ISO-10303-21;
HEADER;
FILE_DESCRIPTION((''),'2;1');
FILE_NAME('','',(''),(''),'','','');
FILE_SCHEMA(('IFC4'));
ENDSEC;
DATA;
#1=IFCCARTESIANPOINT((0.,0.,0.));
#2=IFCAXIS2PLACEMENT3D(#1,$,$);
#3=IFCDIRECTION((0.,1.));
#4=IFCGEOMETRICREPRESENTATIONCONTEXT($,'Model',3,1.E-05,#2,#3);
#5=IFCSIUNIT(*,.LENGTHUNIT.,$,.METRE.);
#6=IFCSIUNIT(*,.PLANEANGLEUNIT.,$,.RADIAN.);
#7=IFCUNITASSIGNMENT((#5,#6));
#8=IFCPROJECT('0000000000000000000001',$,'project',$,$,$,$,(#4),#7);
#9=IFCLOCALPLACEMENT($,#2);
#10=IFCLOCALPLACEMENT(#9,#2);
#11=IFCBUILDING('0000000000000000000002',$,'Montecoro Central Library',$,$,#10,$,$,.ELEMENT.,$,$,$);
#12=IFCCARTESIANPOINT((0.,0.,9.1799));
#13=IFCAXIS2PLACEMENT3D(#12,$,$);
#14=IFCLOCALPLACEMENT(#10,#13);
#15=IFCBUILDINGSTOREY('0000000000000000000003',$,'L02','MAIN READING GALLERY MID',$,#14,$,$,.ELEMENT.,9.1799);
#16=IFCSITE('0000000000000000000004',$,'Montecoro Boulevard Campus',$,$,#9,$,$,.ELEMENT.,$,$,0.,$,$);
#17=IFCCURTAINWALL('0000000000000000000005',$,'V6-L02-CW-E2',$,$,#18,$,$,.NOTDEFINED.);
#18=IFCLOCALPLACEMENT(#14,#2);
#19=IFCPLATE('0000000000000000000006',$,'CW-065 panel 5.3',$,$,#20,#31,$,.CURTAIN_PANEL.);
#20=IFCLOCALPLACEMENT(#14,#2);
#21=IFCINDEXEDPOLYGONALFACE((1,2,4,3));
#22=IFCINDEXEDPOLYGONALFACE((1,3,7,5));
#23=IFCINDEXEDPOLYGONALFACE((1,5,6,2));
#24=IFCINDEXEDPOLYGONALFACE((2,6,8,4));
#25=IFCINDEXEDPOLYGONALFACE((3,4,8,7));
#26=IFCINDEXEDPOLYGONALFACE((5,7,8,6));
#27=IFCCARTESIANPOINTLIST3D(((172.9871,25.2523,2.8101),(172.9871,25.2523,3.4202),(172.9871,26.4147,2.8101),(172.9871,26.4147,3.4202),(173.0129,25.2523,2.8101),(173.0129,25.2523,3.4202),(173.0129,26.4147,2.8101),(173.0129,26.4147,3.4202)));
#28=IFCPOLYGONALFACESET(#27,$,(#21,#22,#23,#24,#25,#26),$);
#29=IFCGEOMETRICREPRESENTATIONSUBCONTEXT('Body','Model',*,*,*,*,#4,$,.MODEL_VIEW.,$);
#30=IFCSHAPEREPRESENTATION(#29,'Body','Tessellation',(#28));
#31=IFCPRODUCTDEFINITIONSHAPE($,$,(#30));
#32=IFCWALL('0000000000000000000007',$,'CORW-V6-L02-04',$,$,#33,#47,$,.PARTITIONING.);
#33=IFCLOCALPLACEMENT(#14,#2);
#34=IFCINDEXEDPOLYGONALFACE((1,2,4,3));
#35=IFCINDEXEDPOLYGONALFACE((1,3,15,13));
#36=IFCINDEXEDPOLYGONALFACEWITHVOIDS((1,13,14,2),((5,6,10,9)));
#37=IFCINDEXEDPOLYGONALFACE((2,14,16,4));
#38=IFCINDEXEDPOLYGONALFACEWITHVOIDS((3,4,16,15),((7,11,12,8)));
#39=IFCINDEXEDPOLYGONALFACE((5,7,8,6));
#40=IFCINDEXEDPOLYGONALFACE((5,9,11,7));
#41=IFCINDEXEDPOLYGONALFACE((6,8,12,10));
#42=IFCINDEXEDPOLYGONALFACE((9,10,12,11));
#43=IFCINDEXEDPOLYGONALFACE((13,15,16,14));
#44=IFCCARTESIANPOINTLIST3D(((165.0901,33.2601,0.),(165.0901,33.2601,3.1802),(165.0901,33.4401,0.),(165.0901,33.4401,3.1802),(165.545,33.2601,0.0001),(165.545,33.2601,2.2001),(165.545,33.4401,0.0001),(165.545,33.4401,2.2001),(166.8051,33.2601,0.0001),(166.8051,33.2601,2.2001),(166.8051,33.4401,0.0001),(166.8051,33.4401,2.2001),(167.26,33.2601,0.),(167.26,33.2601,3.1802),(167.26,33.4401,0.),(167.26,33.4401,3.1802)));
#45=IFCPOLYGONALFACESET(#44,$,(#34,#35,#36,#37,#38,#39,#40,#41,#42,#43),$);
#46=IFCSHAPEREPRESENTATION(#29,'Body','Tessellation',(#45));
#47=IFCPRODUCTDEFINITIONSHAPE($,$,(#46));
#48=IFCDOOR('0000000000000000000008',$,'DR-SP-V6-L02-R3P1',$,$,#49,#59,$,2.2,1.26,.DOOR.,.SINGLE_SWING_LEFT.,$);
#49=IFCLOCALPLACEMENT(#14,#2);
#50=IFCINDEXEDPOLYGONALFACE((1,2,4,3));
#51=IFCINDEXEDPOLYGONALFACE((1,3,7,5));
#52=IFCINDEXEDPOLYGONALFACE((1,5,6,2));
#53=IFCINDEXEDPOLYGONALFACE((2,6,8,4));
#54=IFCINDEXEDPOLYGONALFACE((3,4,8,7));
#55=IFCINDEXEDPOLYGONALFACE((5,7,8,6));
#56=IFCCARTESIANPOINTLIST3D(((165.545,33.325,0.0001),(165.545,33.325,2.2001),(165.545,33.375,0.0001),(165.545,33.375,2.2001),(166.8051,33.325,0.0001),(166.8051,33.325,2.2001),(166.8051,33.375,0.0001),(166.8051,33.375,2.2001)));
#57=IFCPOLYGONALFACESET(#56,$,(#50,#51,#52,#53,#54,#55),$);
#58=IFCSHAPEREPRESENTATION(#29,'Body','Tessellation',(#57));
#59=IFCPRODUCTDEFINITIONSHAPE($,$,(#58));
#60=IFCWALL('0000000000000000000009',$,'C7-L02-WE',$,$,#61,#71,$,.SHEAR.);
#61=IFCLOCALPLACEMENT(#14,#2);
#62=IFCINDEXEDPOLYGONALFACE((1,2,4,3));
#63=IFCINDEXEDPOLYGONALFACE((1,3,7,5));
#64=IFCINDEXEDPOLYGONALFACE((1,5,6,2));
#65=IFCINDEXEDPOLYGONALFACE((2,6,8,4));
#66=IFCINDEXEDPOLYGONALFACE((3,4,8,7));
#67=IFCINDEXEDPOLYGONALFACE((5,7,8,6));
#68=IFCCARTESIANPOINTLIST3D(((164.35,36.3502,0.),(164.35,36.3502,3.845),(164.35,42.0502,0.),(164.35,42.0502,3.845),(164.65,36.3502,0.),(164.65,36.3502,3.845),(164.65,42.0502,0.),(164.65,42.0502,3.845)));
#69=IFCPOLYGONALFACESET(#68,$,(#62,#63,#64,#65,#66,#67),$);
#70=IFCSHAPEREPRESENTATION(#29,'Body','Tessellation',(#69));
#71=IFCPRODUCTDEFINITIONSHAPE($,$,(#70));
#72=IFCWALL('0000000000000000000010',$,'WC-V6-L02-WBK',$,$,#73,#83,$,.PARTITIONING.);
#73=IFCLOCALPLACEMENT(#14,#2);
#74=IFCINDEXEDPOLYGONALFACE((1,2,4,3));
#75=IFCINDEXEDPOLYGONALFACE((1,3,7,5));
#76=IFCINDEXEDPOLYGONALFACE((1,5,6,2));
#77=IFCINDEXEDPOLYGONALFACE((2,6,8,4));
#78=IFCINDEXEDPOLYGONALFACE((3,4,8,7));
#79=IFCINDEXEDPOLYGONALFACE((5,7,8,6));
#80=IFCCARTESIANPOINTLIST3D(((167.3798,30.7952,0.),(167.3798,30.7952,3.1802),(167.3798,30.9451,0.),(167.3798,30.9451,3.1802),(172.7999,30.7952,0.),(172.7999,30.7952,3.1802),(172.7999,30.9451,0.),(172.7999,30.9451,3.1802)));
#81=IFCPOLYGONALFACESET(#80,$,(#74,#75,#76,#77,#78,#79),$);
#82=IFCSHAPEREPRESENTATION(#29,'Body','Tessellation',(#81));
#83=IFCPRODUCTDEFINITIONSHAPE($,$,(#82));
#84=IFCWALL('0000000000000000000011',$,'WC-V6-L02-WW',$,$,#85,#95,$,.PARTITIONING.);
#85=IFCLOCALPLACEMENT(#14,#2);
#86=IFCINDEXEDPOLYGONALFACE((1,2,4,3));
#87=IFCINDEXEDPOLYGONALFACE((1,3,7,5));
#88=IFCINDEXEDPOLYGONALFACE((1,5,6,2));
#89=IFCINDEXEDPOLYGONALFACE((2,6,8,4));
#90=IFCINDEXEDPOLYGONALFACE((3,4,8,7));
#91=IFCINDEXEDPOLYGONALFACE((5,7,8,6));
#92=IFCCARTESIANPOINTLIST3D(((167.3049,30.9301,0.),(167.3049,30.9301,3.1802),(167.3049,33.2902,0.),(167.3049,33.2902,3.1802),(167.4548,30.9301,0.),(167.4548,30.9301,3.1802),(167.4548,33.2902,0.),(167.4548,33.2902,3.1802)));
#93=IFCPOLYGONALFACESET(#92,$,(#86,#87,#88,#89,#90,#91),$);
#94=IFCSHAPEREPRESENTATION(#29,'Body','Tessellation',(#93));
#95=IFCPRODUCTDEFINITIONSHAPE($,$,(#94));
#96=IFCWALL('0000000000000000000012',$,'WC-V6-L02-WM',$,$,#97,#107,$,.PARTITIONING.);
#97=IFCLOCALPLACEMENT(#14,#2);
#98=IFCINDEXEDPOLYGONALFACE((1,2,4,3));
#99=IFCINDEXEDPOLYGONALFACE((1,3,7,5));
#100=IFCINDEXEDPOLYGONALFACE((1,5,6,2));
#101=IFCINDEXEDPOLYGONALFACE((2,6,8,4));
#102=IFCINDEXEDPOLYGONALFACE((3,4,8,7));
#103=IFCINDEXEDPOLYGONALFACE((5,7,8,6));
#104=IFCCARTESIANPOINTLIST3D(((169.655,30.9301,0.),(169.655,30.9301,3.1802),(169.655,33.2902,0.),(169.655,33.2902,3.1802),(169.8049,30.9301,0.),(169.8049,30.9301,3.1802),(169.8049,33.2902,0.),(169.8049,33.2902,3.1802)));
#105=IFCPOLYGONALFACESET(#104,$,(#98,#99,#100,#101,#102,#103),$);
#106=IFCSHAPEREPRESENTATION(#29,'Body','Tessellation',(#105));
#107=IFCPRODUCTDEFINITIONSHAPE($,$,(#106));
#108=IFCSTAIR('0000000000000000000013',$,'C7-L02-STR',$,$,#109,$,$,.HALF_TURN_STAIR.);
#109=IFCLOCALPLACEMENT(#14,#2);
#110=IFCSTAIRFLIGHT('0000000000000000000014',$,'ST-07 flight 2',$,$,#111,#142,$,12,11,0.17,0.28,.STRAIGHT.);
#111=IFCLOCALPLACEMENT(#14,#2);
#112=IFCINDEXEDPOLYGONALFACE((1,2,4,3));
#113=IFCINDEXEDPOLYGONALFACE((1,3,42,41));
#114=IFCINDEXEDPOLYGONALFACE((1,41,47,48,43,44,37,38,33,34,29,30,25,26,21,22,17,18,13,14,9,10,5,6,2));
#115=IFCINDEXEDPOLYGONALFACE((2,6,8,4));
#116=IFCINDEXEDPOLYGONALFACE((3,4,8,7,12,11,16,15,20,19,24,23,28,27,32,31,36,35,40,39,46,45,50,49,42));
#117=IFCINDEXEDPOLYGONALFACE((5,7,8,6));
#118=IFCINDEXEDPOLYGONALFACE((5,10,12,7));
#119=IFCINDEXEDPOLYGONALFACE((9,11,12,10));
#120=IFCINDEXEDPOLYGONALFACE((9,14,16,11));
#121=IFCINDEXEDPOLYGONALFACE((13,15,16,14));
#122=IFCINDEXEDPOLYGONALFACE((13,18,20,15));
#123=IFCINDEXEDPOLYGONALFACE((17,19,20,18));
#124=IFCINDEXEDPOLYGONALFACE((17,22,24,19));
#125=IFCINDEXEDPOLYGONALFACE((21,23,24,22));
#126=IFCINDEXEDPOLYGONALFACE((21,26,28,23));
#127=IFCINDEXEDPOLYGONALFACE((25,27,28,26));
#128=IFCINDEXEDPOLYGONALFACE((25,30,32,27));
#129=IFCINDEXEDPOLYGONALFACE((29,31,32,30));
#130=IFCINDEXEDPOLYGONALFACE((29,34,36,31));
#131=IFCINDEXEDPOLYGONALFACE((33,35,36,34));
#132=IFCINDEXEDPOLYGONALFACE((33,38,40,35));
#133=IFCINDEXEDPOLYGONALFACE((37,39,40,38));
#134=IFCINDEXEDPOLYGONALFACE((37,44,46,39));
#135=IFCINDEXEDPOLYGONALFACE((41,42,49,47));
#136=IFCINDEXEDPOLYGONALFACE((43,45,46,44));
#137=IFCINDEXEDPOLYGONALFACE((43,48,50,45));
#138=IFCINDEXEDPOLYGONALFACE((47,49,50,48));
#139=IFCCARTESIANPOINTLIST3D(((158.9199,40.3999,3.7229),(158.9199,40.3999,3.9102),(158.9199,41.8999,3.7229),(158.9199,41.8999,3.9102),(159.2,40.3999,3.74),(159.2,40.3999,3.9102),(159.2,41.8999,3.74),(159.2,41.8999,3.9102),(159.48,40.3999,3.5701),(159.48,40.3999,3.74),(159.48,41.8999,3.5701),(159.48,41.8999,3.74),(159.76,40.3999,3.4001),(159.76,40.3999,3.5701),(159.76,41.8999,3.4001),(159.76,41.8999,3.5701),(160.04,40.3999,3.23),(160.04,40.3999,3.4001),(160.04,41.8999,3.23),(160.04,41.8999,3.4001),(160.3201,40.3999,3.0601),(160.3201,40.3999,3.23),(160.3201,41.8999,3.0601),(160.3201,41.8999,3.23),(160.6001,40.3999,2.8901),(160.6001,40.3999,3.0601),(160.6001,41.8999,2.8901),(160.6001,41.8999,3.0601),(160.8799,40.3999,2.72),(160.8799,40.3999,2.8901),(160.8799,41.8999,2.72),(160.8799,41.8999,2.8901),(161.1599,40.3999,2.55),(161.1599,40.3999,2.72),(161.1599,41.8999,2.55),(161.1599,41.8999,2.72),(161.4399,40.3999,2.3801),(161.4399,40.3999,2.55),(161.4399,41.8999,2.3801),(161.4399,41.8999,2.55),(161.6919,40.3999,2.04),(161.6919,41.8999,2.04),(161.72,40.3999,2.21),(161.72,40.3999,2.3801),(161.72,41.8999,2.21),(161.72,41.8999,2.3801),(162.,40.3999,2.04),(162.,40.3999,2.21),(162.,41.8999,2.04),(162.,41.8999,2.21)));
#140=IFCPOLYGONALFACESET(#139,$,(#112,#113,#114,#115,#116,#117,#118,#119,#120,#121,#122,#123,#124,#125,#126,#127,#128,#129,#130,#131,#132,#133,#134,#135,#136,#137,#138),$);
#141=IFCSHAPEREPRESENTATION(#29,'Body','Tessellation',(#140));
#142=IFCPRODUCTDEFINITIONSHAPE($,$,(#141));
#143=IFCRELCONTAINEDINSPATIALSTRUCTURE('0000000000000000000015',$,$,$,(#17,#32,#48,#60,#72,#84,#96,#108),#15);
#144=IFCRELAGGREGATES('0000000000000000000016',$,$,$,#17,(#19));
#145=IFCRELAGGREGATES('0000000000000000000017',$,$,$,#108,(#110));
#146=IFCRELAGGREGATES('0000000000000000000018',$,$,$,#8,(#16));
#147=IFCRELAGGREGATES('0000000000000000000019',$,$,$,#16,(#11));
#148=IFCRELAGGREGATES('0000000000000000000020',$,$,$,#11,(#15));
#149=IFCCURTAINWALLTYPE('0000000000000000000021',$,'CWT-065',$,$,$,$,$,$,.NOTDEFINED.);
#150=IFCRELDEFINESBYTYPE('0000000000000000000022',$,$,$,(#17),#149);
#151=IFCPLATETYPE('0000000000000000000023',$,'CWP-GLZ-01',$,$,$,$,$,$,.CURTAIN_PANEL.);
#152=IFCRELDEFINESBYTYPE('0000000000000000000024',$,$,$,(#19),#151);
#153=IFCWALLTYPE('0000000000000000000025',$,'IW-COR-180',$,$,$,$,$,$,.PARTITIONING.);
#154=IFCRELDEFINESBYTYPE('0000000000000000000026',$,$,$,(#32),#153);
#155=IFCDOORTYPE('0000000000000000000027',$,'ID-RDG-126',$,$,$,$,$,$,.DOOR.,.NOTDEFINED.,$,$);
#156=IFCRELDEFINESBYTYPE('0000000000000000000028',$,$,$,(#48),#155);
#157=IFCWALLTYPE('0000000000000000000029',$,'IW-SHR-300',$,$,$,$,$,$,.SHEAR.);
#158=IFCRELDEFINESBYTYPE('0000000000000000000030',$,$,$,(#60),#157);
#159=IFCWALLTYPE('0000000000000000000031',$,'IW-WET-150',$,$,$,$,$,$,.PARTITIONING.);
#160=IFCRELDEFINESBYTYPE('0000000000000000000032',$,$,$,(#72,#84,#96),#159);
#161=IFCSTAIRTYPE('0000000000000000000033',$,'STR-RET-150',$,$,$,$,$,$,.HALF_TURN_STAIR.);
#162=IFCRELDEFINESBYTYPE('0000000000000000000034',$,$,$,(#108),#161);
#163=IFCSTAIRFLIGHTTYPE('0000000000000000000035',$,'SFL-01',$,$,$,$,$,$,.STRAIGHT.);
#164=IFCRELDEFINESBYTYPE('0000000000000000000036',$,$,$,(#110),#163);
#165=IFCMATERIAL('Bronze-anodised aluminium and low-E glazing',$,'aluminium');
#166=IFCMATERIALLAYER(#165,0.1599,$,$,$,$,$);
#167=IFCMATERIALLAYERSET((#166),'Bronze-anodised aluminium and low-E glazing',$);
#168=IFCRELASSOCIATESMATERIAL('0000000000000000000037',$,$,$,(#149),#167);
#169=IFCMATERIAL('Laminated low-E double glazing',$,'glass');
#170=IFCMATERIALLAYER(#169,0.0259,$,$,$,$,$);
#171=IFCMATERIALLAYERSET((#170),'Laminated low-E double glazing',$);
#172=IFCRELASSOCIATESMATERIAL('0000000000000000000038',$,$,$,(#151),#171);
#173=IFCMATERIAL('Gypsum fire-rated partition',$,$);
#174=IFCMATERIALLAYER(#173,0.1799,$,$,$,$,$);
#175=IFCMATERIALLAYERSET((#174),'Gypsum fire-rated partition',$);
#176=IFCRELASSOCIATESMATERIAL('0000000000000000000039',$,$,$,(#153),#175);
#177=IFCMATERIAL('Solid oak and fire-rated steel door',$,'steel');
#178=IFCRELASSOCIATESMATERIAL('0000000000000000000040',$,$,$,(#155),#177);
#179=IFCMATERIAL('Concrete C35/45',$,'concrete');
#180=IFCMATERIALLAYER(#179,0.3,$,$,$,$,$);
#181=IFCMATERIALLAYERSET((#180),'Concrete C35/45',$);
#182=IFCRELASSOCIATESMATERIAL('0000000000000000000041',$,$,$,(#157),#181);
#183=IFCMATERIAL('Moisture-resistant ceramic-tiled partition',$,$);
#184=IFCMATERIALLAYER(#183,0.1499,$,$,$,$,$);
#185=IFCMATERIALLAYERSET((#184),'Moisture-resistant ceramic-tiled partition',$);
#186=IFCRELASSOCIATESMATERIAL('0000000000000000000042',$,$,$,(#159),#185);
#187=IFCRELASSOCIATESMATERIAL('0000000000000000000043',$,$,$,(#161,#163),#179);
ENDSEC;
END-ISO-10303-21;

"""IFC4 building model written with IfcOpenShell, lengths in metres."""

from ifc_helpers import new_model, si_unit, direction, frame, frame_2d, origin, origin_2d, place, context, subcontext, project, spatial, polyline, rectangle, outline, extrude, material, layer, layer_set, type_object, element, fill, aggregate, save


model = new_model("IFC4")

# Units and contexts
model_context = context("Model", 3, precision=1e-05, world=origin(), true_north=direction((0.0, 1.0)))
body_context = subcontext(model_context, "Body", "Model", "MODEL_VIEW")
ifc_project = project(units=[si_unit("LENGTHUNIT", "METRE"), si_unit("PLANEANGLEUNIT", "RADIAN")], contexts=[model_context])

# Site, building, storey
site_placement = place(None, origin())
site = spatial("IfcSite", under=ifc_project, at=site_placement, Name="Montecoro Boulevard Campus", CompositionType="ELEMENT", RefElevation=0.0)
building_placement = place(site_placement, origin())
building = spatial("IfcBuilding", under=site, at=building_placement, Name="Montecoro Central Library", CompositionType="ELEMENT")
storey_placement = place(building_placement, frame((0.0, 0.0, 9.1799)))
storey = spatial("IfcBuildingStorey", under=building, at=storey_placement, Name="L02", Description="MAIN READING GALLERY MID", CompositionType="ELEMENT", Elevation=9.1799)

# Curtain wall, plate
ifc_material_1 = material(Name="Bronze-anodised aluminium and low-E glazing", Category="aluminium")
ifc_layer_1 = layer(ifc_material_1, 0.1599)
ifc_layer_set_1 = layer_set([ifc_layer_1], Name="Bronze-anodised aluminium and low-E glazing")
curtain_wall_type = type_object("IfcCurtainWallType", Name="CWT-065", PredefinedType="NOTDEFINED", material=ifc_layer_set_1)
curtain_wall_placement = place(storey_placement, origin())
curtain_wall = element("IfcCurtainWall", 1, at=curtain_wall_placement, inside=storey, type_object=curtain_wall_type, Name="V6-L02-CW-E2", PredefinedType="NOTDEFINED")
ifc_material_2 = material(Name="Laminated low-E double glazing", Category="glass")
ifc_layer_2 = layer(ifc_material_2, 0.0259)
ifc_layer_set_2 = layer_set([ifc_layer_2], Name="Laminated low-E double glazing")
plate_type = type_object("IfcPlateType", Name="CWP-GLZ-01", PredefinedType="CURTAIN_PANEL", material=ifc_layer_set_2)
plate_1_placement = place(storey_placement, frame((173.0, 25.8335, 2.8101), z_axis=(0.0, 0.0, 1.0), x_axis=(0.0, 1.0, 0.0)))
plate_1 = element("IfcPlate", 2, at=plate_1_placement, type_object=plate_type, Name="CW-065 panel 5.3", PredefinedType="CURTAIN_PANEL", context=body_context, shape_type="SweptSolid", body=[
    extrude(rectangle(XDim=1.1624, YDim=0.0259, at=origin_2d()), origin(), (0.0, 0.0, 1.0), 0.6101),
])
aggregate(curtain_wall, [plate_1])

# Wall, opening, door
ifc_material_3 = material(Name="Gypsum fire-rated partition")
ifc_layer_3 = layer(ifc_material_3, 0.1799)
ifc_layer_set_3 = layer_set([ifc_layer_3], Name="Gypsum fire-rated partition")
wall_type_1 = type_object("IfcWallType", Name="IW-COR-180", PredefinedType="PARTITIONING", material=ifc_layer_set_3)
wall_1_placement = place(storey_placement, frame((165.0901, 33.3501, 0.0), z_axis=(0.0, 0.0, 1.0), x_axis=(1.0, 0.0, 0.0)))
wall_1 = element("IfcWall", 3, at=wall_1_placement, inside=storey, type_object=wall_type_1, Name="CORW-V6-L02-04", PredefinedType="PARTITIONING", context=body_context, shape_type="SweptSolid", body=[
    extrude(rectangle(XDim=2.1699, YDim=0.1799, at=frame_2d((1.085, 0.0))), origin(), (0.0, 0.0, 1.0), 3.1802),
])
opening_1_placement = place(wall_1_placement, frame((0.4551, 0.0, 0.0)))
opening_1 = element("IfcOpeningElement", 4, at=opening_1_placement, cuts=wall_1, PredefinedType="OPENING", context=body_context, shape_type="SweptSolid", body=[
    extrude(rectangle(XDim=1.26, YDim=2.2, at=frame_2d((0.6299, 1.1001))), frame((0.0, 0.0999, 0.0), z_axis=(0.0, -1.0, 0.0), x_axis=(1.0, 0.0, 0.0)), (0.0, 0.0, 1.0), 0.2),
])
ifc_material_4 = material(Name="Solid oak and fire-rated steel door", Category="steel")
door_type_1 = type_object("IfcDoorType", Name="ID-RDG-126", OperationType="NOTDEFINED", PredefinedType="DOOR", material=ifc_material_4)
door_1_placement = place(opening_1_placement, origin())
door_1 = element("IfcDoor", 5, at=door_1_placement, inside=storey, type_object=door_type_1, Name="DR-SP-V6-L02-R3P1", OperationType="SINGLE_SWING_LEFT", OverallHeight=2.2, OverallWidth=1.26, PredefinedType="DOOR", context=body_context, shape_type="SweptSolid", body=[
    extrude(rectangle(XDim=1.26, YDim=2.2, at=frame_2d((0.6299, 1.1001))), frame((0.0, 0.0249, 0.0), z_axis=(0.0, -1.0, 0.0), x_axis=(1.0, 0.0, 0.0)), (0.0, 0.0, 1.0), 0.05),
])
fill(opening_1, door_1)

# Walls
ifc_material_5 = material(Name="Concrete C35/45", Category="concrete")
ifc_layer_4 = layer(ifc_material_5, 0.3)
ifc_layer_set_4 = layer_set([ifc_layer_4], Name="Concrete C35/45")
wall_type_2 = type_object("IfcWallType", Name="IW-SHR-300", PredefinedType="SHEAR", material=ifc_layer_set_4)
wall_2_placement = place(storey_placement, frame((164.5, 36.3501, 0.0), z_axis=(0.0, 0.0, 1.0), x_axis=(0.0, 1.0, 0.0)))
element("IfcWall", 6, at=wall_2_placement, inside=storey, type_object=wall_type_2, Name="C7-L02-WE", PredefinedType="SHEAR", context=body_context, shape_type="SweptSolid", body=[
    extrude(rectangle(XDim=5.7, YDim=0.3, at=frame_2d((2.8501, 0.0))), origin(), (0.0, 0.0, 1.0), 3.845),
])
ifc_material_6 = material(Name="Moisture-resistant ceramic-tiled partition")
ifc_layer_5 = layer(ifc_material_6, 0.1499)
ifc_layer_set_5 = layer_set([ifc_layer_5], Name="Moisture-resistant ceramic-tiled partition")
wall_type_3 = type_object("IfcWallType", Name="IW-WET-150", PredefinedType="PARTITIONING", material=ifc_layer_set_5)
wall_3_placement = place(storey_placement, frame((167.3799, 30.8701, 0.0), z_axis=(0.0, 0.0, 1.0), x_axis=(1.0, 0.0, 0.0)))
element("IfcWall", 7, at=wall_3_placement, inside=storey, type_object=wall_type_3, Name="WC-V6-L02-WBK", PredefinedType="PARTITIONING", context=body_context, shape_type="SweptSolid", body=[
    extrude(rectangle(XDim=5.4202, YDim=0.1499, at=frame_2d((2.71, 0.0))), origin(), (0.0, 0.0, 1.0), 3.1802),
])
for number, where, z_axis, x_axis, name in (
    (8, (167.3799, 30.9299, 0.0), (0.0, 0.0, 1.0), (0.0, 1.0, 0.0), "WC-V6-L02-WW"),
    (9, (169.73, 30.9299, 0.0), (0.0, 0.0, 1.0), (0.0, 1.0, 0.0), "WC-V6-L02-WM"),
):
    element("IfcWall", number, at=place(storey_placement, frame(where, z_axis=z_axis, x_axis=x_axis)), inside=storey, type_object=wall_type_3, Name=name, PredefinedType="PARTITIONING", context=body_context, shape_type="SweptSolid", body=[
        extrude(rectangle(XDim=2.3601, YDim=0.1499, at=frame_2d((1.1802, 0.0))), origin(), (0.0, 0.0, 1.0), 3.1802),
    ])

# Stair, stair flight
stair_type = type_object("IfcStairType", Name="STR-RET-150", PredefinedType="HALF_TURN_STAIR", material=ifc_material_5)
stair_placement = place(storey_placement, origin())
stair = element("IfcStair", 10, at=stair_placement, inside=storey, type_object=stair_type, Name="C7-L02-STR", PredefinedType="HALF_TURN_STAIR")
stair_flight_type = type_object("IfcStairFlightType", Name="SFL-01", PredefinedType="STRAIGHT", material=ifc_material_5)
stair_flight_placement = place(storey_placement, frame((162.0, 41.1499, 2.04), z_axis=(0.0, 0.0, 1.0), x_axis=(-1.0, 0.0, 0.0)))
stair_flight = element("IfcStairFlight", 11, at=stair_flight_placement, type_object=stair_flight_type, Name="ST-07 flight 2", NumberOfRisers=12, NumberOfTreads=11, PredefinedType="STRAIGHT", RiserHeight=0.17, TreadLength=0.28, context=body_context, shape_type="SweptSolid", body=[
    extrude(outline(polyline([(0.0, 0.0), (0.0, 0.1699), (0.28, 0.1699), (0.28, 0.3401), (0.5601, 0.3401), (0.5601, 0.51), (0.8401, 0.51), (0.8401, 0.6799), (1.1201, 0.6799), (1.1201, 0.8501), (1.3999, 0.8501), (1.3999, 1.02), (1.6799, 1.02), (1.6799, 1.1899), (1.96, 1.1899), (1.96, 1.3601), (2.24, 1.3601), (2.24, 1.53), (2.52, 1.53), (2.52, 1.7), (2.8, 1.7), (2.8, 1.8701), (3.0801, 1.8701), (3.0801, 2.04), (3.0801, 1.6829), (0.3081, 0.0), (0.0, 0.0)])), frame((0.0, 0.75, 0.0), z_axis=(0.0, -1.0, 0.0), x_axis=(1.0, 0.0, 0.0)), (0.0, 0.0, 1.0), 1.5),
])
aggregate(stair, [stair_flight])

save(model, "model.ifc")
